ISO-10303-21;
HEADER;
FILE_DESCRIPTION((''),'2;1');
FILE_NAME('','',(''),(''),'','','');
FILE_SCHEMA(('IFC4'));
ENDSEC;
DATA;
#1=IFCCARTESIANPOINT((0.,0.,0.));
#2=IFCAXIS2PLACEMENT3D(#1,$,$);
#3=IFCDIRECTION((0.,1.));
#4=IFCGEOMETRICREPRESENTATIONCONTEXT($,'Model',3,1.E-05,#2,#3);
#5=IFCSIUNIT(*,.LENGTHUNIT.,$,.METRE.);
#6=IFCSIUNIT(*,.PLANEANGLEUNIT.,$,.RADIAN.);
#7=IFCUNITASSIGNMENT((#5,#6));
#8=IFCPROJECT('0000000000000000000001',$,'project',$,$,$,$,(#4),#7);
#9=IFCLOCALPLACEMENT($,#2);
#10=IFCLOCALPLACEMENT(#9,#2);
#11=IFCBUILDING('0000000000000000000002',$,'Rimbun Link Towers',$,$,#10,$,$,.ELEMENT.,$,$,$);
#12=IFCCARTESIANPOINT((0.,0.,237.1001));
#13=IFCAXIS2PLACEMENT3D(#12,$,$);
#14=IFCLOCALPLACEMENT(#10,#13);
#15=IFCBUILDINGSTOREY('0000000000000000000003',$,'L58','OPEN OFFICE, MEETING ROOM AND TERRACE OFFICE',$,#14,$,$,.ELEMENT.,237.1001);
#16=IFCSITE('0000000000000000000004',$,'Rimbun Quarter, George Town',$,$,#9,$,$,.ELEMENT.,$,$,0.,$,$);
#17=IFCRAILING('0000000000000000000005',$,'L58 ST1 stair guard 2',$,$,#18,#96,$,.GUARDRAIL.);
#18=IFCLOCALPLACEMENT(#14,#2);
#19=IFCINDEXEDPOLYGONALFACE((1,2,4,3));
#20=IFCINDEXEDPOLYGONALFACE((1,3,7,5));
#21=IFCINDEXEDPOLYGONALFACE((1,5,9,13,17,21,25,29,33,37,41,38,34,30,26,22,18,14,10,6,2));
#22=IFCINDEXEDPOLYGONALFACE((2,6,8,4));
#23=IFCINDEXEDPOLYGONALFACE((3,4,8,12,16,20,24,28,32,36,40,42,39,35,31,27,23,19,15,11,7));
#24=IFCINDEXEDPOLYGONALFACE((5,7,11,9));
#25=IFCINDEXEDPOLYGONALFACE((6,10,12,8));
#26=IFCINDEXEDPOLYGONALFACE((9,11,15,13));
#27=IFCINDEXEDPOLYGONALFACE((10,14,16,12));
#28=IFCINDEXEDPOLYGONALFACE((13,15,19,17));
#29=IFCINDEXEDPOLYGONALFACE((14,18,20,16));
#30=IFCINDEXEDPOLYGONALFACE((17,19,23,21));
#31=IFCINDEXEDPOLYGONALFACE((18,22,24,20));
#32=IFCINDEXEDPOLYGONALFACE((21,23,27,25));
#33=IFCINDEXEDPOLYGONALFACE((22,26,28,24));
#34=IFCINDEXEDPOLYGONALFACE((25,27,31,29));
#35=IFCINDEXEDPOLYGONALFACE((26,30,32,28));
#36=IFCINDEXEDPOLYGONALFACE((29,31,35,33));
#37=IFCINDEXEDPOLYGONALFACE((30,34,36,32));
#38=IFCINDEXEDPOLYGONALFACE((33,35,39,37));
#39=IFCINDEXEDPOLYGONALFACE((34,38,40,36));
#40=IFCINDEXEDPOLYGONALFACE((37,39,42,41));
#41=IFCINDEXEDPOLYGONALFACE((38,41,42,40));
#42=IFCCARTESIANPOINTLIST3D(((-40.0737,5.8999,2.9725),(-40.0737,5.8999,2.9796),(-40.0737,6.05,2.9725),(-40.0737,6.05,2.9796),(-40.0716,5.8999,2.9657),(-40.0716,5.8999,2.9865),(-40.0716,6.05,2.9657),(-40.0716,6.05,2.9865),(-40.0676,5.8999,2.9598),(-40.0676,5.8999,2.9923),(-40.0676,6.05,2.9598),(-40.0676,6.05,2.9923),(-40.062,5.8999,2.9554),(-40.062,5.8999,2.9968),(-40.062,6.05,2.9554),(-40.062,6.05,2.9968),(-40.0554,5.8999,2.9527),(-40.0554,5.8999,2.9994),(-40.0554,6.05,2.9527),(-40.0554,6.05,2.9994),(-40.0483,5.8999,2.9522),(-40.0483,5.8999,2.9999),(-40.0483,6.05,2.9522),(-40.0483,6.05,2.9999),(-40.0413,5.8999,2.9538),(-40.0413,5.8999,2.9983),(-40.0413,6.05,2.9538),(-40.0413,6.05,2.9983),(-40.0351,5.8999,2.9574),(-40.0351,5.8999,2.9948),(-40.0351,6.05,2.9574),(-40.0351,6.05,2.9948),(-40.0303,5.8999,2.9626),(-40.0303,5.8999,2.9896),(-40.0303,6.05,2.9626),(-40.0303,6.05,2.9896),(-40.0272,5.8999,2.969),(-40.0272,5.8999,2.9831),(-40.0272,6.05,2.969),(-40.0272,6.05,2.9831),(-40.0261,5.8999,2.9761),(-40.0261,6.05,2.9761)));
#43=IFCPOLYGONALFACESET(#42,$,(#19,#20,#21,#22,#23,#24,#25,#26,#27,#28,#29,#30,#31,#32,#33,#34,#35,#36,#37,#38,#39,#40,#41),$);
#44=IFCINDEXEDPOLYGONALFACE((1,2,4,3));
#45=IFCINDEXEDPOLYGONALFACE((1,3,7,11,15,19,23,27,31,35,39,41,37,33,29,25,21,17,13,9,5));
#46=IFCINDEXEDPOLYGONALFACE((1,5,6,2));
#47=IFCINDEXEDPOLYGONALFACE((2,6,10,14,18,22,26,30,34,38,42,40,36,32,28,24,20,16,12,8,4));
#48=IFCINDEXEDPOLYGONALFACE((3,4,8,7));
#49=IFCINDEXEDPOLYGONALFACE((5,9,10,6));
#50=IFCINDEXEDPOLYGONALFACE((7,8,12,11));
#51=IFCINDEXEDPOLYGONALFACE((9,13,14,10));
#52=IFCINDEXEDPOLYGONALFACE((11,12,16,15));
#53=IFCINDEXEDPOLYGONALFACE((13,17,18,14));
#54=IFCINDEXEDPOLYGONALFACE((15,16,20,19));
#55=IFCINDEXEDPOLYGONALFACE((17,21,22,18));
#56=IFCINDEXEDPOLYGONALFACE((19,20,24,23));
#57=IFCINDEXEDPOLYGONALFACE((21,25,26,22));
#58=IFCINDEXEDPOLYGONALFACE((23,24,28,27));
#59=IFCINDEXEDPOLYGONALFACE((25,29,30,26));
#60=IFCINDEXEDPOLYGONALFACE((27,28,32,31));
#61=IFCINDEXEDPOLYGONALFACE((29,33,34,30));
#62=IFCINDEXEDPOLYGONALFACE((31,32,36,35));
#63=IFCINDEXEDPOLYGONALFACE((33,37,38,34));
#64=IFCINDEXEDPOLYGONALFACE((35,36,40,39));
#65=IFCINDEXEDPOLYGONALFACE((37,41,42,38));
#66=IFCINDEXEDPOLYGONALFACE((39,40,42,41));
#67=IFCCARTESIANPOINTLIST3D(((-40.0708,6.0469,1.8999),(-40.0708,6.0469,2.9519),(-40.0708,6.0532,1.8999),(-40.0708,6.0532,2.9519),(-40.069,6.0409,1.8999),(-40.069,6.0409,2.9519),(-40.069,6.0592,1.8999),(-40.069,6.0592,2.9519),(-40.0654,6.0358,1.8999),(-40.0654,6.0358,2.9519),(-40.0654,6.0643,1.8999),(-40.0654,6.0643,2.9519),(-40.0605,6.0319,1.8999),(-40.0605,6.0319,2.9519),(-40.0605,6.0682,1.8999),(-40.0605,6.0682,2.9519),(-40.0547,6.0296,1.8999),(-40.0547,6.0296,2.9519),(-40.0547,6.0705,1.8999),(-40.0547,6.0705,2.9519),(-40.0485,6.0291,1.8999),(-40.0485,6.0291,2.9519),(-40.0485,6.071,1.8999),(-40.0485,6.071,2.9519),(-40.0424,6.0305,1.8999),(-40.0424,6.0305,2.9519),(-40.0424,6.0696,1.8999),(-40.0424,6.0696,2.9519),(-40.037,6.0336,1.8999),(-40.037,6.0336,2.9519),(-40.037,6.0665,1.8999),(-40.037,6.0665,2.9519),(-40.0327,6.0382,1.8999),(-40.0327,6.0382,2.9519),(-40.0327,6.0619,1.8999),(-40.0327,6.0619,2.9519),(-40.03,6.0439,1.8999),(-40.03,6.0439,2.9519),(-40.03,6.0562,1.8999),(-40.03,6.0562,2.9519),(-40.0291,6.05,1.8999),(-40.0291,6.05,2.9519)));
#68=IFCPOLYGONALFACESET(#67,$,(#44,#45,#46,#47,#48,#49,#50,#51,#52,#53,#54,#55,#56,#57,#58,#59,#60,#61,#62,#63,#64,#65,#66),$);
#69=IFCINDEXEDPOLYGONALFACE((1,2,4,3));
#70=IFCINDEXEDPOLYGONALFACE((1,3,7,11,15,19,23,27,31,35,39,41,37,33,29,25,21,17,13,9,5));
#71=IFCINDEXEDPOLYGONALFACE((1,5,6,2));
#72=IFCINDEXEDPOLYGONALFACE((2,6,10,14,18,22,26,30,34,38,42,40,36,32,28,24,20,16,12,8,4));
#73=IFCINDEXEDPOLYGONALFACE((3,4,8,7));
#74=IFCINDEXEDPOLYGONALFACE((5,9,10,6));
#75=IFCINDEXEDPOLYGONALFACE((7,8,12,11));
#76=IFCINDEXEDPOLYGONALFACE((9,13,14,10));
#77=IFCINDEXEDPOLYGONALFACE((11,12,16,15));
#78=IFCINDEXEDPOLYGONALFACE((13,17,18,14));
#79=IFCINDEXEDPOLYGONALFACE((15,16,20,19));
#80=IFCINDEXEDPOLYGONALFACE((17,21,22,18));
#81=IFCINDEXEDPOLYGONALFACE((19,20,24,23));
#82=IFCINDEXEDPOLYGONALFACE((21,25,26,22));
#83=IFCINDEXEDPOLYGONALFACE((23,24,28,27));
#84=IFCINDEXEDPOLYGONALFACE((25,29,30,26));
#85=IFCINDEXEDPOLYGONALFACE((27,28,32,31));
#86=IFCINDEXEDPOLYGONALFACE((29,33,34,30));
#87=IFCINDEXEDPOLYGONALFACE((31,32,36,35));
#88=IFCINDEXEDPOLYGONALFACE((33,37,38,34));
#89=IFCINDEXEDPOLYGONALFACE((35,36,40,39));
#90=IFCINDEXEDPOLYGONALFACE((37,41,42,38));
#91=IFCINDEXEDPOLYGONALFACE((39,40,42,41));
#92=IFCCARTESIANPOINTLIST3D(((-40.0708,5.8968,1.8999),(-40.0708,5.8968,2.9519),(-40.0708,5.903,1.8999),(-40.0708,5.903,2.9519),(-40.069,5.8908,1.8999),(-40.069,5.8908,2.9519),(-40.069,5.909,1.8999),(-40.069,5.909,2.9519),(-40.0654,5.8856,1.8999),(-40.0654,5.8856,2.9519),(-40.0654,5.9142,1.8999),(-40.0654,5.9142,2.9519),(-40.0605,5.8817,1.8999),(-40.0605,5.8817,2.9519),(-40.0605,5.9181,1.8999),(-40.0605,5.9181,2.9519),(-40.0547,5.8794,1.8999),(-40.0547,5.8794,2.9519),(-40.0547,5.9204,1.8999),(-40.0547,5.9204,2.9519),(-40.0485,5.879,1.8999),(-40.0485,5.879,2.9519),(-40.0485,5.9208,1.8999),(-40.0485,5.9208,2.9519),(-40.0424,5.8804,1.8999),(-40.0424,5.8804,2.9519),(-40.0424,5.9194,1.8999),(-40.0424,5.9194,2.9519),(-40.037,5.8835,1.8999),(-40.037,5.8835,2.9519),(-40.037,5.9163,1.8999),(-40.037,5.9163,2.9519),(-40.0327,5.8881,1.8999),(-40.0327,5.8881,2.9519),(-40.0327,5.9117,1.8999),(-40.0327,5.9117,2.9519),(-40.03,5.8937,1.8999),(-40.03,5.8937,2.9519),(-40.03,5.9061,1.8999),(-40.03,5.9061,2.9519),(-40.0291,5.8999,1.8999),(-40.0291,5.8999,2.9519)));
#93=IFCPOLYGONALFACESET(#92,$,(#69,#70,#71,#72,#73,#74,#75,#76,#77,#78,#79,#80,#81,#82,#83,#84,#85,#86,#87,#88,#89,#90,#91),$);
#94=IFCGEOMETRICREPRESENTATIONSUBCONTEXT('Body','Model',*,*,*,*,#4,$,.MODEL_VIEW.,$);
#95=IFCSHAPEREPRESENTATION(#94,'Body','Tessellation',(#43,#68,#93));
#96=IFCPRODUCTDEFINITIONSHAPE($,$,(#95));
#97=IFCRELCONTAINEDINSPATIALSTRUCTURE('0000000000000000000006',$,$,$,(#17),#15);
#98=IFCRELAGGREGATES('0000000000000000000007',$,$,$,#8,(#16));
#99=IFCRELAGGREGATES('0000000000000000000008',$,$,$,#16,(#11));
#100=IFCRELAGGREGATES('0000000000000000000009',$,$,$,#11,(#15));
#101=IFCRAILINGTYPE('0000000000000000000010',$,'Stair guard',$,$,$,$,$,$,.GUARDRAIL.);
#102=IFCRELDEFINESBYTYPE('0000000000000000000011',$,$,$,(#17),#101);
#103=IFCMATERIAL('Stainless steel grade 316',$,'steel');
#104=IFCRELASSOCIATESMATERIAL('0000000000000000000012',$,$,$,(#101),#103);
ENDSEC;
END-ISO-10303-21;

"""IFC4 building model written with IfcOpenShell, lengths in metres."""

from ifc_helpers import new_model, si_unit, direction, frame, origin, origin_2d, place, context, subcontext, project, spatial, circle, extrude, material, type_object, element, save


model = new_model("IFC4")

# Units and contexts
model_context = context("Model", 3, precision=1e-05, world=origin(), true_north=direction((0.0, 1.0)))
body_context = subcontext(model_context, "Body", "Model", "MODEL_VIEW")
ifc_project = project(units=[si_unit("LENGTHUNIT", "METRE"), si_unit("PLANEANGLEUNIT", "RADIAN")], contexts=[model_context])

# Site, building, storey
site_placement = place(None, origin())
site = spatial("IfcSite", under=ifc_project, at=site_placement, Name="Rimbun Quarter, George Town", CompositionType="ELEMENT", RefElevation=0.0)
building_placement = place(site_placement, origin())
building = spatial("IfcBuilding", under=site, at=building_placement, Name="Rimbun Link Towers", CompositionType="ELEMENT")
storey_placement = place(building_placement, frame((0.0, 0.0, 237.1001)))
storey = spatial("IfcBuildingStorey", under=building, at=storey_placement, Name="L58", Description="OPEN OFFICE, MEETING ROOM AND TERRACE OFFICE", CompositionType="ELEMENT", Elevation=237.1001)

# Railing
ifc_material_1 = material(Name="Stainless steel grade 316", Category="steel")
railing_type_1 = type_object("IfcRailingType", Name="Stair guard", PredefinedType="GUARDRAIL", material=ifc_material_1)
railing_1_placement = place(storey_placement, frame((-40.05, 6.05, 1.8999)))
element("IfcRailing", 1, at=railing_1_placement, inside=storey, type_object=railing_type_1, Name="L58 ST1 stair guard 2", PredefinedType="GUARDRAIL", context=body_context, shape_type="SweptSolid", body=[
    extrude(circle(Radius=0.0239, at=origin_2d()), frame((0.0, 0.0, 1.0762), z_axis=(0.0, -1.0, 0.0), x_axis=(1.0, 0.0, 0.0)), (0.0, 0.0, 1.0), 0.1501),
    extrude(circle(Radius=0.021, at=origin_2d()), origin(), (0.0, 0.0, 1.0), 1.052),
    extrude(circle(Radius=0.021, at=origin_2d()), frame((0.0, -0.1501, 0.0)), (0.0, 0.0, 1.0), 1.052),
])

save(model, "model.ifc")
